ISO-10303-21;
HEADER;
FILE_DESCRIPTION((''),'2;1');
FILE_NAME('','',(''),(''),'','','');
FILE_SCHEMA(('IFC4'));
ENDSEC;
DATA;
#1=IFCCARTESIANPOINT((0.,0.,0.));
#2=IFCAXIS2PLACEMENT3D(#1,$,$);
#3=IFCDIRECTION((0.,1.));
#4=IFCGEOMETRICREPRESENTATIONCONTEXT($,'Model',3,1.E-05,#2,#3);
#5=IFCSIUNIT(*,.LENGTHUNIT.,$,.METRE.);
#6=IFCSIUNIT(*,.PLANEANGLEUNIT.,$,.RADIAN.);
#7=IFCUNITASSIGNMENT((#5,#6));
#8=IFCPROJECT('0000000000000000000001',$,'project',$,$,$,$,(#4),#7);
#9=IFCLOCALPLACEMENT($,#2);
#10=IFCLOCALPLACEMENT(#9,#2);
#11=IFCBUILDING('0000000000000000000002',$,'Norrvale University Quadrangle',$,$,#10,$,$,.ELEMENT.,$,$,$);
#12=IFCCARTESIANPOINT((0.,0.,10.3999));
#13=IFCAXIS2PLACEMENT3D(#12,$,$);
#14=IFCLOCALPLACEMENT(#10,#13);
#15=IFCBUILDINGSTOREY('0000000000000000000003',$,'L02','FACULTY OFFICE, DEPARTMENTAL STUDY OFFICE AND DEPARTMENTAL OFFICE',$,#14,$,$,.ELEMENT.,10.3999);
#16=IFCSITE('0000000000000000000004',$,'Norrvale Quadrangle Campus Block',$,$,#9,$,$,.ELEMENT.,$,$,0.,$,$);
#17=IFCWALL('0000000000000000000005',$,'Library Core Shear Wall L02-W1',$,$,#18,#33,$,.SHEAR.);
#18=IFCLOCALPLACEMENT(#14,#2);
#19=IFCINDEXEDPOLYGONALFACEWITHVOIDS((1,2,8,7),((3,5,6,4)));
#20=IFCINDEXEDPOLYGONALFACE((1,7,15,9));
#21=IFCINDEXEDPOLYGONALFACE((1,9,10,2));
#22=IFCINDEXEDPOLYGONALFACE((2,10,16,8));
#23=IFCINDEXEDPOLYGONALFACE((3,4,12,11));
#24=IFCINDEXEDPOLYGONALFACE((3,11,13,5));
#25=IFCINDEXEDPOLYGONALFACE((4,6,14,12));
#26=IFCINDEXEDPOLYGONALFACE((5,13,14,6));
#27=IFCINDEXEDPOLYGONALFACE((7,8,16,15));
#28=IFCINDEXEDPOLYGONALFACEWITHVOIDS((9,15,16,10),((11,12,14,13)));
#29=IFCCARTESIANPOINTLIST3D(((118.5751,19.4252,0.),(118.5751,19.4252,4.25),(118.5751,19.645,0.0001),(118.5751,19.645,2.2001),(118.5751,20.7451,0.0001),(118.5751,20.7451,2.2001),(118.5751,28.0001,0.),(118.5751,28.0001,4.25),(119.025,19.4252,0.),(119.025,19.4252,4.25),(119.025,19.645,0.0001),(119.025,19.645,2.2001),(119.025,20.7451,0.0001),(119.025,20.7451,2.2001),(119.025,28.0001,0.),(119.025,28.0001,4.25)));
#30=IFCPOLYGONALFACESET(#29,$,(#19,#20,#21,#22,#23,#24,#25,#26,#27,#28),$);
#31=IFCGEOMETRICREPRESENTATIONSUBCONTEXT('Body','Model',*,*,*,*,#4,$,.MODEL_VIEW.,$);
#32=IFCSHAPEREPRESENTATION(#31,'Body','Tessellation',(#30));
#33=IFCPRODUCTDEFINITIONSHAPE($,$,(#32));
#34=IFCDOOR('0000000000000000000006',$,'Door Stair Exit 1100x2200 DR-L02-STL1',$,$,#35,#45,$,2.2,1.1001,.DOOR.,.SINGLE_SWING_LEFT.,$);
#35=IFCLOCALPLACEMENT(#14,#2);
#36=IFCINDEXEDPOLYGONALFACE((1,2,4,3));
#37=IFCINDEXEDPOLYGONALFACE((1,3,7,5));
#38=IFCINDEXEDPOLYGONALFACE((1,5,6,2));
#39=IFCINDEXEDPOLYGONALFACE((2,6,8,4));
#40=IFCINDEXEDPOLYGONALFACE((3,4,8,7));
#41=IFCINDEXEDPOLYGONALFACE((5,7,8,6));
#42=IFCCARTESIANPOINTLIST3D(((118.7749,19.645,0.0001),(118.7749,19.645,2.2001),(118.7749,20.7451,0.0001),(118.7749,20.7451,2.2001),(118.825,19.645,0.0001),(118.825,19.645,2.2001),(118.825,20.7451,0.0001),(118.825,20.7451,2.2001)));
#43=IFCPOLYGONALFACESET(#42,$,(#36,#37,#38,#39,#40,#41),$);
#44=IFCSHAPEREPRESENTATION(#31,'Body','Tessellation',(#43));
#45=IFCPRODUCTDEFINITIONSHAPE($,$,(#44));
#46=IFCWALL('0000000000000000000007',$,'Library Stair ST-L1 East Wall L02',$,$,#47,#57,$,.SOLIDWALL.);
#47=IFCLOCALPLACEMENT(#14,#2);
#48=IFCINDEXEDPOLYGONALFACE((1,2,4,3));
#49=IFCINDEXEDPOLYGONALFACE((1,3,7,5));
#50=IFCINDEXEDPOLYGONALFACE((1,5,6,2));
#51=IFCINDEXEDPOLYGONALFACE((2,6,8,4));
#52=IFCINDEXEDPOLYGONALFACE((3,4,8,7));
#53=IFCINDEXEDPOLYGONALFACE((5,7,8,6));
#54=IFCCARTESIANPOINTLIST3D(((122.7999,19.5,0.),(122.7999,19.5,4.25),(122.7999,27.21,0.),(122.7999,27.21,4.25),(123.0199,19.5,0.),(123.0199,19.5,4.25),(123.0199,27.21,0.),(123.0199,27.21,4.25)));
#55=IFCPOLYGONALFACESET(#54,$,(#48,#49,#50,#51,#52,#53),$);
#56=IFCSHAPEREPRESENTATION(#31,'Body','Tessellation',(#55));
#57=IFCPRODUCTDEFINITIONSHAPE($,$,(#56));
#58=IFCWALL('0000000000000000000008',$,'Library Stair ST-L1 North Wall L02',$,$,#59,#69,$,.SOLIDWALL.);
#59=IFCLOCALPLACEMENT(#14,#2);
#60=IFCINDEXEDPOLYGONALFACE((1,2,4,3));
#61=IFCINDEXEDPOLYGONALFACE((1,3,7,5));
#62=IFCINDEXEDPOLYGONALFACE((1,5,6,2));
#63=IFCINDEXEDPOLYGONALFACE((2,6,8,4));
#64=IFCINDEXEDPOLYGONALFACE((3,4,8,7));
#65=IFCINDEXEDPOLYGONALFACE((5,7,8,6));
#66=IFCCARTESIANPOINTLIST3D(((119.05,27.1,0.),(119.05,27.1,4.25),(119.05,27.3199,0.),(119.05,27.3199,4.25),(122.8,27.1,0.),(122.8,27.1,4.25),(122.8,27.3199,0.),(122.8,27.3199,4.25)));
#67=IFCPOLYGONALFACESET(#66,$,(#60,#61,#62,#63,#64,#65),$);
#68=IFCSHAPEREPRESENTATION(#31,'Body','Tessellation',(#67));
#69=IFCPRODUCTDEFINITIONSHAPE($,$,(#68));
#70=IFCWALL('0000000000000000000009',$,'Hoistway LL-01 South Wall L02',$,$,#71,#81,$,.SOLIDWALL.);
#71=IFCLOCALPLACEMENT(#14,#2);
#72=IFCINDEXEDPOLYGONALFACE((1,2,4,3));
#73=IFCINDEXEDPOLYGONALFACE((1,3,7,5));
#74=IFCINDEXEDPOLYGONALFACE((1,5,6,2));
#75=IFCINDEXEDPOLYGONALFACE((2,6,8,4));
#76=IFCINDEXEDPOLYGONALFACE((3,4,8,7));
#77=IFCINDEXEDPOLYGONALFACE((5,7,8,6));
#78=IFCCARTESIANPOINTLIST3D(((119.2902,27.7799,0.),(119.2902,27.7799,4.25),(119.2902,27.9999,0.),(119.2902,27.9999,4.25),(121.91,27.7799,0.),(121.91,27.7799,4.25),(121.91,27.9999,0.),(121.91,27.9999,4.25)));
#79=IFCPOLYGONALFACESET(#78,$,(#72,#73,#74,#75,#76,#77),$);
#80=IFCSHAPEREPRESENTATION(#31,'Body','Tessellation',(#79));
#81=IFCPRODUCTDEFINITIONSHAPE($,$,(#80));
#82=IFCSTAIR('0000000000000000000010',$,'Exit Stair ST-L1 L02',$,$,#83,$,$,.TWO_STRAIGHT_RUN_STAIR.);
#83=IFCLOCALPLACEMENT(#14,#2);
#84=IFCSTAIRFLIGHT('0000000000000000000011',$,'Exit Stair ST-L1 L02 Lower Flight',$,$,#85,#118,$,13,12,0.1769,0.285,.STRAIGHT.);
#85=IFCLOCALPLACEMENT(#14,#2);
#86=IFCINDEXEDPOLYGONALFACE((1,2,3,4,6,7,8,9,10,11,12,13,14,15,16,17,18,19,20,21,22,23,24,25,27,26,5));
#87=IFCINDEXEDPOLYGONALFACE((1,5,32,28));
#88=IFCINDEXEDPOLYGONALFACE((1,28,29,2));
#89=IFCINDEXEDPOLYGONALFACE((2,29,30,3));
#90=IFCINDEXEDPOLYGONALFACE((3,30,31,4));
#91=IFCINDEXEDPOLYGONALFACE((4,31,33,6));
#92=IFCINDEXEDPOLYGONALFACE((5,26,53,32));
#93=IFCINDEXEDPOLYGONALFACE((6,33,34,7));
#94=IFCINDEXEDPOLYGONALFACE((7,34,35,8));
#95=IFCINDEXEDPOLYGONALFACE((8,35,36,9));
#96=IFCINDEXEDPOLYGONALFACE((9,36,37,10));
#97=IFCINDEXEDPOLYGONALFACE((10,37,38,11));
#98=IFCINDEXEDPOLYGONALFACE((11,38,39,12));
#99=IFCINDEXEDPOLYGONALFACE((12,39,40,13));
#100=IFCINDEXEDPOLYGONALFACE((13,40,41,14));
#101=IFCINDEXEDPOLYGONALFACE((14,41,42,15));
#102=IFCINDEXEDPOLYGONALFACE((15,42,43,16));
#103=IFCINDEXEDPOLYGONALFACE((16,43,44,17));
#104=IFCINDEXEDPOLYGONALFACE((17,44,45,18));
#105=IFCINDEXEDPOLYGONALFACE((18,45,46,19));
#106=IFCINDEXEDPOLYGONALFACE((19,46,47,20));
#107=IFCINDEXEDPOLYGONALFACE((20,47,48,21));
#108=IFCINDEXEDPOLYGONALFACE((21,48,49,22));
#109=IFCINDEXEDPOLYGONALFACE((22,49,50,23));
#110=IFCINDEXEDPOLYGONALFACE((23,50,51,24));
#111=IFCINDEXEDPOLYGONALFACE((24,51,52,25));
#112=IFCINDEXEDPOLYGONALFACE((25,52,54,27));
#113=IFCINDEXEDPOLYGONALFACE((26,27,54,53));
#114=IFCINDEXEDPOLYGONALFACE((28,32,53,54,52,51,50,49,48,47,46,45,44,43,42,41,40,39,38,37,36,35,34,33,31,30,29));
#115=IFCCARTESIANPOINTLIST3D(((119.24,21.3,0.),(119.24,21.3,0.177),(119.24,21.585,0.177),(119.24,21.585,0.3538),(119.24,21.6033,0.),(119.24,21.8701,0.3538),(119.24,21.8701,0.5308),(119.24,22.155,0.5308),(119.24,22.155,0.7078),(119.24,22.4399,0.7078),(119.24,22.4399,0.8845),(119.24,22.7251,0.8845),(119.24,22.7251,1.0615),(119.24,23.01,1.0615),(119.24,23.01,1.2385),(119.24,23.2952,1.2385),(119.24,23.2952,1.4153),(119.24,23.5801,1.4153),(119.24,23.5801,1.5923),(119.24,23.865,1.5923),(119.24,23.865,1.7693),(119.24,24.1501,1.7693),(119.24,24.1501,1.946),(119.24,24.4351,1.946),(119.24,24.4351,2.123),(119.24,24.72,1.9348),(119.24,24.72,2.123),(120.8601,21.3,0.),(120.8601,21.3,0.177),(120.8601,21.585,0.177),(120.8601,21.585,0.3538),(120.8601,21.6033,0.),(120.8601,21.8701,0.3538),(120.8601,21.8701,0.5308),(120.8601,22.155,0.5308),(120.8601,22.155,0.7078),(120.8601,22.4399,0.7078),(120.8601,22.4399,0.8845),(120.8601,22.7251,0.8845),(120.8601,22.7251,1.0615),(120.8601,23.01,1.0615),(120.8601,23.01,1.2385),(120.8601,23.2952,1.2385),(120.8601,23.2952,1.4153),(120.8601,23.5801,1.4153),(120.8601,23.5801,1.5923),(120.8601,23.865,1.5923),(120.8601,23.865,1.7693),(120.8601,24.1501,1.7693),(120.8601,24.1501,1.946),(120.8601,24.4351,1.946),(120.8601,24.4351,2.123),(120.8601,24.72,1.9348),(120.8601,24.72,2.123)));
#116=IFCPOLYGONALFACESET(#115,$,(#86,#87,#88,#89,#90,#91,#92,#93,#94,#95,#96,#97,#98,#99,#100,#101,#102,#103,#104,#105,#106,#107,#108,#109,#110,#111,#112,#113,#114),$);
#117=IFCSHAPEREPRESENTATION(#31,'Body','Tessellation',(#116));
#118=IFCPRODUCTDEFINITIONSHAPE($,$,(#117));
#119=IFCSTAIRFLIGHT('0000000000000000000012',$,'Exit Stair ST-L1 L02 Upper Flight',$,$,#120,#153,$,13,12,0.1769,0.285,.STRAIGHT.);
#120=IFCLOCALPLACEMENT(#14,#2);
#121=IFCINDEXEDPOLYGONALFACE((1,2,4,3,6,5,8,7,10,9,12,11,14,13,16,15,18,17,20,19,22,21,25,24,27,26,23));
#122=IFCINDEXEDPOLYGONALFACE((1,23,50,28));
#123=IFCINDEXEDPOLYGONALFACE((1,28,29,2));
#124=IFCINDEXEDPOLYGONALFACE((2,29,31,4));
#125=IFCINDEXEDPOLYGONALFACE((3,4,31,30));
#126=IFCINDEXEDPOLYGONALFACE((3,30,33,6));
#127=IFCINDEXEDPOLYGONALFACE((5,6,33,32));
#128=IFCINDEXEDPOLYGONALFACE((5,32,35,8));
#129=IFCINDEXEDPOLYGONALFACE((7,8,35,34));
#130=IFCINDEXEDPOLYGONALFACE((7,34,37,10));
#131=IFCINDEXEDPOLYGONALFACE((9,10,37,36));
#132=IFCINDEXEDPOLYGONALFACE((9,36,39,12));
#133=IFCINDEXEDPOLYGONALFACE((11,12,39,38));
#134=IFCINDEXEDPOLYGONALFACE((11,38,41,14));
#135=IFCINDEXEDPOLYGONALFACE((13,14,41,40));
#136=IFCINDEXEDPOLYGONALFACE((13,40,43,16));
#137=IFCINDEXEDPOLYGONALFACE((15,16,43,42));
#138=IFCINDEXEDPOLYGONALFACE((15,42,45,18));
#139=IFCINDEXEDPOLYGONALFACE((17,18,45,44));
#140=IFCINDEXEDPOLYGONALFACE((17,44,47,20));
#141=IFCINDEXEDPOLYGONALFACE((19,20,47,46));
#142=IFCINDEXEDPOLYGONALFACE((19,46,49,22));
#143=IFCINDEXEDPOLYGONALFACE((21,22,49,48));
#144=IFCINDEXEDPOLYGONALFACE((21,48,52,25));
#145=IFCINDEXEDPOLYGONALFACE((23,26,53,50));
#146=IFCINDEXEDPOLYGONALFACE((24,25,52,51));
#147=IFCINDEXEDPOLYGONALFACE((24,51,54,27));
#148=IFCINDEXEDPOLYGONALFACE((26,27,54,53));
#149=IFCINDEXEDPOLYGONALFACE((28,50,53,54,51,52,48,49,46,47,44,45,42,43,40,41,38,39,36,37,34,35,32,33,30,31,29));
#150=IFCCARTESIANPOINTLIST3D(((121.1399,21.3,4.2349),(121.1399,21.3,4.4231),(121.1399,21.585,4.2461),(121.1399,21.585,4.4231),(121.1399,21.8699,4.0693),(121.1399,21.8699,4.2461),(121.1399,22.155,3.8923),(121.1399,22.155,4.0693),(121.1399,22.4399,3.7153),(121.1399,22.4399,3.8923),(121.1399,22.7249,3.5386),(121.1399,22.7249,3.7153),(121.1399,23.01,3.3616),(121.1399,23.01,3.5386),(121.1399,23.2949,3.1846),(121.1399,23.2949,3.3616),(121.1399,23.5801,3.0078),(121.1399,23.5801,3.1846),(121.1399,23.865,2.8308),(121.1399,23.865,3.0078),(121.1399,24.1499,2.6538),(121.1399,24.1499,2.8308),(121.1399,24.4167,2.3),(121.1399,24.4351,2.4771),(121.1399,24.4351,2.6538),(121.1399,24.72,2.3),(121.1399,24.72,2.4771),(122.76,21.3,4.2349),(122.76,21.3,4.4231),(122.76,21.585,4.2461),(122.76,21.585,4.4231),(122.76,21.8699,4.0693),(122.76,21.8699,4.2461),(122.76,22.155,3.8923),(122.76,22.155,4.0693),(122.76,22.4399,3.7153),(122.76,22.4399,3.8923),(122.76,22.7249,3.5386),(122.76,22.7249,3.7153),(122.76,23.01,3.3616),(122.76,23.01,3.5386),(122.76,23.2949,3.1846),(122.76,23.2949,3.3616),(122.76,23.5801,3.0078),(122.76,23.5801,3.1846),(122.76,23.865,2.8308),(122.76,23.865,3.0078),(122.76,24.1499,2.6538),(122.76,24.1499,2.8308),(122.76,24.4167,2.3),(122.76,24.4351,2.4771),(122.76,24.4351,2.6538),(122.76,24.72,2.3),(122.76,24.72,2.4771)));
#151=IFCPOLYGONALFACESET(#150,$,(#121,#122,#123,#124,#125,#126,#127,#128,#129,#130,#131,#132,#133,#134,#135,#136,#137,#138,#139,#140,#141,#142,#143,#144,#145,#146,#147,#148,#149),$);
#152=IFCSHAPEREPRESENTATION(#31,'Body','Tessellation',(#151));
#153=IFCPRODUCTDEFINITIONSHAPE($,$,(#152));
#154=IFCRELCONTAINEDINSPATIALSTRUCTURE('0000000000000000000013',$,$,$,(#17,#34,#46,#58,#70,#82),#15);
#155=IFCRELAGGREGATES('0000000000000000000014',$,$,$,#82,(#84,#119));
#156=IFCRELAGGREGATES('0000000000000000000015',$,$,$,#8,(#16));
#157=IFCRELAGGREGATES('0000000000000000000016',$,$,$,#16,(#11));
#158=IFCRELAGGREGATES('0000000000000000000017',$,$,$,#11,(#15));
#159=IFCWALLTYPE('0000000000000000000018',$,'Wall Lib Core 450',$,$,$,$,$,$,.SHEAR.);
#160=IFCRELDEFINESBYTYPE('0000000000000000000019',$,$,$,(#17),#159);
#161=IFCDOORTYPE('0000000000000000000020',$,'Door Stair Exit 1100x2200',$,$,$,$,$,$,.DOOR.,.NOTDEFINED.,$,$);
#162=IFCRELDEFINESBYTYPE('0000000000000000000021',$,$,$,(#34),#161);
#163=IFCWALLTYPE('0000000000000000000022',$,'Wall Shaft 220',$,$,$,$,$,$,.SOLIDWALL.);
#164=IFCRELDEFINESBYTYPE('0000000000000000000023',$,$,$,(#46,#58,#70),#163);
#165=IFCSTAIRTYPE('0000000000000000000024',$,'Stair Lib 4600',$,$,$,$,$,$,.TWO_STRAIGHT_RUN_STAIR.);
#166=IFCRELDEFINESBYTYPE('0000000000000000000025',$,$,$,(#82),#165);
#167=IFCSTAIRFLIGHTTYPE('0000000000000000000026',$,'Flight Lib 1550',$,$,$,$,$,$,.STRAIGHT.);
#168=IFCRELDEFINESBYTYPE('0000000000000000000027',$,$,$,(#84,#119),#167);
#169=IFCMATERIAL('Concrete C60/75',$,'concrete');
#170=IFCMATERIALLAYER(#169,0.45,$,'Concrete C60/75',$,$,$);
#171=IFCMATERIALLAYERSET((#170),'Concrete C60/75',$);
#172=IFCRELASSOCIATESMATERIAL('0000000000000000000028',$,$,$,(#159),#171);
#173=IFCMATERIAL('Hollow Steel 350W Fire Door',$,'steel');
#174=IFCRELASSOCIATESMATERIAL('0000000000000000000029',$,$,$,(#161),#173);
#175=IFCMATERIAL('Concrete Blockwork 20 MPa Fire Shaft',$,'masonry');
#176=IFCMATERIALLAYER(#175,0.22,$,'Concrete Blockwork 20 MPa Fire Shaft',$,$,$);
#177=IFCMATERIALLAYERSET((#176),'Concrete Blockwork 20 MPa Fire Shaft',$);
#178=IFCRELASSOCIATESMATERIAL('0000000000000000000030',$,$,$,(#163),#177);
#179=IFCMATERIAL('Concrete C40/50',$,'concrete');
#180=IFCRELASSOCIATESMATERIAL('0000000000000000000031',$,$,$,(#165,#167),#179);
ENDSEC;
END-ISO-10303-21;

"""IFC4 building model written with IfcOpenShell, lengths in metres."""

from ifc_helpers import new_model, si_unit, direction, frame, frame_2d, origin, place, context, subcontext, project, spatial, polyline, rectangle, outline, extrude, material, layer, layer_set, type_object, element, fill, aggregate, save


model = new_model("IFC4")

# Units and contexts
model_context = context("Model", 3, precision=1e-05, world=origin(), true_north=direction((0.0, 1.0)))
body_context = subcontext(model_context, "Body", "Model", "MODEL_VIEW")
ifc_project = project(units=[si_unit("LENGTHUNIT", "METRE"), si_unit("PLANEANGLEUNIT", "RADIAN")], contexts=[model_context])

# Site, building, storey
site_placement = place(None, origin())
site = spatial("IfcSite", under=ifc_project, at=site_placement, Name="Norrvale Quadrangle Campus Block", CompositionType="ELEMENT", RefElevation=0.0)
building_placement = place(site_placement, origin())
building = spatial("IfcBuilding", under=site, at=building_placement, Name="Norrvale University Quadrangle", CompositionType="ELEMENT")
storey_placement = place(building_placement, frame((0.0, 0.0, 10.3999)))
storey = spatial("IfcBuildingStorey", under=building, at=storey_placement, Name="L02", Description="FACULTY OFFICE, DEPARTMENTAL STUDY OFFICE AND DEPARTMENTAL OFFICE", CompositionType="ELEMENT", Elevation=10.3999)

# Shared definitions
ifc_material_1 = material(Name="Concrete C60/75", Category="concrete")
ifc_layer_1 = layer(ifc_material_1, 0.45, Name="Concrete C60/75")
ifc_layer_set_1 = layer_set([ifc_layer_1], Name="Concrete C60/75")
wall_type_1 = type_object("IfcWallType", Name="Wall Lib Core 450", PredefinedType="SHEAR", material=ifc_layer_set_1)

# Wall, opening, door
wall_1_placement = place(storey_placement, frame((118.8, 19.425, 0.0), z_axis=(0.0, 0.0, 1.0), x_axis=(0.0, 1.0, 0.0)))
wall_1 = element("IfcWall", 1, at=wall_1_placement, inside=storey, type_object=wall_type_1, Name="Library Core Shear Wall L02-W1", PredefinedType="SHEAR", context=body_context, shape_type="SweptSolid", body=[
    extrude(rectangle(XDim=8.575, YDim=0.45, at=frame_2d((4.2876, 0.0))), origin(), (0.0, 0.0, 1.0), 4.25),
])
opening_placement = place(wall_1_placement, frame((0.22, 0.0, 0.0)))
opening = element("IfcOpeningElement", 2, at=opening_placement, cuts=wall_1, PredefinedType="OPENING", context=body_context, shape_type="SweptSolid", body=[
    extrude(rectangle(XDim=1.1001, YDim=2.2, at=frame_2d((0.55, 1.1001))), frame((0.0, 0.2371, 0.0), z_axis=(0.0, -1.0, 0.0), x_axis=(1.0, 0.0, 0.0)), (0.0, 0.0, 1.0), 0.4739),
])
ifc_material_2 = material(Name="Hollow Steel 350W Fire Door", Category="steel")
door_type = type_object("IfcDoorType", Name="Door Stair Exit 1100x2200", OperationType="NOTDEFINED", PredefinedType="DOOR", material=ifc_material_2)
door_placement = place(opening_placement, frame((1.1001, 0.0, 0.0), z_axis=(0.0, 0.0, 1.0), x_axis=(-1.0, 0.0, 0.0)))
door = element("IfcDoor", 3, at=door_placement, inside=storey, type_object=door_type, Name="Door Stair Exit 1100x2200 DR-L02-STL1", OperationType="SINGLE_SWING_LEFT", OverallHeight=2.2, OverallWidth=1.1001, PredefinedType="DOOR", context=body_context, shape_type="SweptSolid", body=[
    extrude(rectangle(XDim=1.1001, YDim=2.2, at=frame_2d((0.55, 1.1001))), frame((0.0, 0.0249, 0.0), z_axis=(0.0, -1.0, 0.0), x_axis=(1.0, 0.0, 0.0)), (0.0, 0.0, 1.0), 0.05),
])
fill(opening, door)

# Walls
ifc_material_3 = material(Name="Concrete Blockwork 20 MPa Fire Shaft", Category="masonry")
ifc_layer_2 = layer(ifc_material_3, 0.22, Name="Concrete Blockwork 20 MPa Fire Shaft")
ifc_layer_set_2 = layer_set([ifc_layer_2], Name="Concrete Blockwork 20 MPa Fire Shaft")
wall_type_2 = type_object("IfcWallType", Name="Wall Shaft 220", PredefinedType="SOLIDWALL", material=ifc_layer_set_2)
wall_2_placement = place(storey_placement, frame((122.9099, 19.5, 0.0), z_axis=(0.0, 0.0, 1.0), x_axis=(0.0, 1.0, 0.0)))
element("IfcWall", 4, at=wall_2_placement, inside=storey, type_object=wall_type_2, Name="Library Stair ST-L1 East Wall L02", PredefinedType="SOLIDWALL", context=body_context, shape_type="SweptSolid", body=[
    extrude(rectangle(XDim=7.71, YDim=0.22, at=frame_2d((3.855, 0.0))), origin(), (0.0, 0.0, 1.0), 4.25),
])
wall_3_placement = place(storey_placement, frame((119.05, 27.21, 0.0), z_axis=(0.0, 0.0, 1.0), x_axis=(1.0, 0.0, 0.0)))
element("IfcWall", 5, at=wall_3_placement, inside=storey, type_object=wall_type_2, Name="Library Stair ST-L1 North Wall L02", PredefinedType="SOLIDWALL", context=body_context, shape_type="SweptSolid", body=[
    extrude(rectangle(XDim=3.75, YDim=0.22, at=frame_2d((1.875, 0.0))), origin(), (0.0, 0.0, 1.0), 4.25),
])
wall_4_placement = place(storey_placement, frame((119.29, 27.8899, 0.0), z_axis=(0.0, 0.0, 1.0), x_axis=(1.0, 0.0, 0.0)))
element("IfcWall", 6, at=wall_4_placement, inside=storey, type_object=wall_type_2, Name="Hoistway LL-01 South Wall L02", PredefinedType="SOLIDWALL", context=body_context, shape_type="SweptSolid", body=[
    extrude(rectangle(XDim=2.6199, YDim=0.22, at=frame_2d((1.3101, 0.0))), origin(), (0.0, 0.0, 1.0), 4.25),
])

# Stair, stair flights
ifc_material_4 = material(Name="Concrete C40/50", Category="concrete")
stair_type = type_object("IfcStairType", Name="Stair Lib 4600", PredefinedType="TWO_STRAIGHT_RUN_STAIR", material=ifc_material_4)
stair_placement = place(storey_placement, origin())
stair = element("IfcStair", 7, at=stair_placement, inside=storey, type_object=stair_type, Name="Exit Stair ST-L1 L02", PredefinedType="TWO_STRAIGHT_RUN_STAIR")
stair_flight_type = type_object("IfcStairFlightType", Name="Flight Lib 1550", PredefinedType="STRAIGHT", material=ifc_material_4)
stair_flight_1_placement = place(storey_placement, frame((120.05, 21.3, 0.0), z_axis=(0.0, 0.0, 1.0), x_axis=(0.0, 1.0, 0.0)))
stair_flight_1 = element("IfcStairFlight", 8, at=stair_flight_1_placement, type_object=stair_flight_type, Name="Exit Stair ST-L1 L02 Lower Flight", NumberOfRisers=13, NumberOfTreads=12, PredefinedType="STRAIGHT", RiserHeight=0.1769, TreadLength=0.285, context=body_context, shape_type="SweptSolid", body=[
    extrude(outline(polyline([(0.0, 0.0), (0.0, 0.177), (0.2849, 0.177), (0.2849, 0.3538), (0.5701, 0.3538), (0.5701, 0.5308), (0.855, 0.5308), (0.855, 0.7078), (1.1399, 0.7078), (1.1399, 0.8845), (1.425, 0.8845), (1.425, 1.0615), (1.71, 1.0615), (1.71, 1.2385), (1.9951, 1.2385), (1.9951, 1.4153), (2.28, 1.4153), (2.28, 1.5923), (2.5649, 1.5923), (2.5649, 1.7693), (2.8501, 1.7693), (2.8501, 1.946), (3.135, 1.946), (3.135, 2.123), (3.4199, 2.123), (3.4199, 2.3), (3.4199, 1.9348), (0.3032, 0.0), (0.0, 0.0)])), frame((0.0, 0.8101, 0.0), z_axis=(0.0, -1.0, 0.0), x_axis=(1.0, 0.0, 0.0)), (0.0, 0.0, 1.0), 1.6201),
])
stair_flight_2_placement = place(storey_placement, frame((121.95, 24.72, 2.3), z_axis=(0.0, 0.0, 1.0), x_axis=(0.0, -1.0, 0.0)))
stair_flight_2 = element("IfcStairFlight", 9, at=stair_flight_2_placement, type_object=stair_flight_type, Name="Exit Stair ST-L1 L02 Upper Flight", NumberOfRisers=13, NumberOfTreads=12, PredefinedType="STRAIGHT", RiserHeight=0.1769, TreadLength=0.285, context=body_context, shape_type="SweptSolid", body=[
    extrude(outline(polyline([(0.0, 0.0), (0.0, 0.177), (0.2849, 0.177), (0.2849, 0.3538), (0.5701, 0.3538), (0.5701, 0.5308), (0.855, 0.5308), (0.855, 0.7078), (1.1399, 0.7078), (1.1399, 0.8845), (1.425, 0.8845), (1.425, 1.0615), (1.71, 1.0615), (1.71, 1.2385), (1.9951, 1.2385), (1.9951, 1.4153), (2.28, 1.4153), (2.28, 1.5923), (2.5649, 1.5923), (2.5649, 1.7693), (2.8501, 1.7693), (2.8501, 1.946), (3.135, 1.946), (3.135, 2.123), (3.4199, 2.123), (3.4199, 2.3), (3.4199, 1.9348), (0.3032, 0.0), (0.0, 0.0)])), frame((0.0, 0.8101, 0.0), z_axis=(0.0, -1.0, 0.0), x_axis=(1.0, 0.0, 0.0)), (0.0, 0.0, 1.0), 1.6201),
])
aggregate(stair, [stair_flight_1, stair_flight_2])

save(model, "model.ifc")
